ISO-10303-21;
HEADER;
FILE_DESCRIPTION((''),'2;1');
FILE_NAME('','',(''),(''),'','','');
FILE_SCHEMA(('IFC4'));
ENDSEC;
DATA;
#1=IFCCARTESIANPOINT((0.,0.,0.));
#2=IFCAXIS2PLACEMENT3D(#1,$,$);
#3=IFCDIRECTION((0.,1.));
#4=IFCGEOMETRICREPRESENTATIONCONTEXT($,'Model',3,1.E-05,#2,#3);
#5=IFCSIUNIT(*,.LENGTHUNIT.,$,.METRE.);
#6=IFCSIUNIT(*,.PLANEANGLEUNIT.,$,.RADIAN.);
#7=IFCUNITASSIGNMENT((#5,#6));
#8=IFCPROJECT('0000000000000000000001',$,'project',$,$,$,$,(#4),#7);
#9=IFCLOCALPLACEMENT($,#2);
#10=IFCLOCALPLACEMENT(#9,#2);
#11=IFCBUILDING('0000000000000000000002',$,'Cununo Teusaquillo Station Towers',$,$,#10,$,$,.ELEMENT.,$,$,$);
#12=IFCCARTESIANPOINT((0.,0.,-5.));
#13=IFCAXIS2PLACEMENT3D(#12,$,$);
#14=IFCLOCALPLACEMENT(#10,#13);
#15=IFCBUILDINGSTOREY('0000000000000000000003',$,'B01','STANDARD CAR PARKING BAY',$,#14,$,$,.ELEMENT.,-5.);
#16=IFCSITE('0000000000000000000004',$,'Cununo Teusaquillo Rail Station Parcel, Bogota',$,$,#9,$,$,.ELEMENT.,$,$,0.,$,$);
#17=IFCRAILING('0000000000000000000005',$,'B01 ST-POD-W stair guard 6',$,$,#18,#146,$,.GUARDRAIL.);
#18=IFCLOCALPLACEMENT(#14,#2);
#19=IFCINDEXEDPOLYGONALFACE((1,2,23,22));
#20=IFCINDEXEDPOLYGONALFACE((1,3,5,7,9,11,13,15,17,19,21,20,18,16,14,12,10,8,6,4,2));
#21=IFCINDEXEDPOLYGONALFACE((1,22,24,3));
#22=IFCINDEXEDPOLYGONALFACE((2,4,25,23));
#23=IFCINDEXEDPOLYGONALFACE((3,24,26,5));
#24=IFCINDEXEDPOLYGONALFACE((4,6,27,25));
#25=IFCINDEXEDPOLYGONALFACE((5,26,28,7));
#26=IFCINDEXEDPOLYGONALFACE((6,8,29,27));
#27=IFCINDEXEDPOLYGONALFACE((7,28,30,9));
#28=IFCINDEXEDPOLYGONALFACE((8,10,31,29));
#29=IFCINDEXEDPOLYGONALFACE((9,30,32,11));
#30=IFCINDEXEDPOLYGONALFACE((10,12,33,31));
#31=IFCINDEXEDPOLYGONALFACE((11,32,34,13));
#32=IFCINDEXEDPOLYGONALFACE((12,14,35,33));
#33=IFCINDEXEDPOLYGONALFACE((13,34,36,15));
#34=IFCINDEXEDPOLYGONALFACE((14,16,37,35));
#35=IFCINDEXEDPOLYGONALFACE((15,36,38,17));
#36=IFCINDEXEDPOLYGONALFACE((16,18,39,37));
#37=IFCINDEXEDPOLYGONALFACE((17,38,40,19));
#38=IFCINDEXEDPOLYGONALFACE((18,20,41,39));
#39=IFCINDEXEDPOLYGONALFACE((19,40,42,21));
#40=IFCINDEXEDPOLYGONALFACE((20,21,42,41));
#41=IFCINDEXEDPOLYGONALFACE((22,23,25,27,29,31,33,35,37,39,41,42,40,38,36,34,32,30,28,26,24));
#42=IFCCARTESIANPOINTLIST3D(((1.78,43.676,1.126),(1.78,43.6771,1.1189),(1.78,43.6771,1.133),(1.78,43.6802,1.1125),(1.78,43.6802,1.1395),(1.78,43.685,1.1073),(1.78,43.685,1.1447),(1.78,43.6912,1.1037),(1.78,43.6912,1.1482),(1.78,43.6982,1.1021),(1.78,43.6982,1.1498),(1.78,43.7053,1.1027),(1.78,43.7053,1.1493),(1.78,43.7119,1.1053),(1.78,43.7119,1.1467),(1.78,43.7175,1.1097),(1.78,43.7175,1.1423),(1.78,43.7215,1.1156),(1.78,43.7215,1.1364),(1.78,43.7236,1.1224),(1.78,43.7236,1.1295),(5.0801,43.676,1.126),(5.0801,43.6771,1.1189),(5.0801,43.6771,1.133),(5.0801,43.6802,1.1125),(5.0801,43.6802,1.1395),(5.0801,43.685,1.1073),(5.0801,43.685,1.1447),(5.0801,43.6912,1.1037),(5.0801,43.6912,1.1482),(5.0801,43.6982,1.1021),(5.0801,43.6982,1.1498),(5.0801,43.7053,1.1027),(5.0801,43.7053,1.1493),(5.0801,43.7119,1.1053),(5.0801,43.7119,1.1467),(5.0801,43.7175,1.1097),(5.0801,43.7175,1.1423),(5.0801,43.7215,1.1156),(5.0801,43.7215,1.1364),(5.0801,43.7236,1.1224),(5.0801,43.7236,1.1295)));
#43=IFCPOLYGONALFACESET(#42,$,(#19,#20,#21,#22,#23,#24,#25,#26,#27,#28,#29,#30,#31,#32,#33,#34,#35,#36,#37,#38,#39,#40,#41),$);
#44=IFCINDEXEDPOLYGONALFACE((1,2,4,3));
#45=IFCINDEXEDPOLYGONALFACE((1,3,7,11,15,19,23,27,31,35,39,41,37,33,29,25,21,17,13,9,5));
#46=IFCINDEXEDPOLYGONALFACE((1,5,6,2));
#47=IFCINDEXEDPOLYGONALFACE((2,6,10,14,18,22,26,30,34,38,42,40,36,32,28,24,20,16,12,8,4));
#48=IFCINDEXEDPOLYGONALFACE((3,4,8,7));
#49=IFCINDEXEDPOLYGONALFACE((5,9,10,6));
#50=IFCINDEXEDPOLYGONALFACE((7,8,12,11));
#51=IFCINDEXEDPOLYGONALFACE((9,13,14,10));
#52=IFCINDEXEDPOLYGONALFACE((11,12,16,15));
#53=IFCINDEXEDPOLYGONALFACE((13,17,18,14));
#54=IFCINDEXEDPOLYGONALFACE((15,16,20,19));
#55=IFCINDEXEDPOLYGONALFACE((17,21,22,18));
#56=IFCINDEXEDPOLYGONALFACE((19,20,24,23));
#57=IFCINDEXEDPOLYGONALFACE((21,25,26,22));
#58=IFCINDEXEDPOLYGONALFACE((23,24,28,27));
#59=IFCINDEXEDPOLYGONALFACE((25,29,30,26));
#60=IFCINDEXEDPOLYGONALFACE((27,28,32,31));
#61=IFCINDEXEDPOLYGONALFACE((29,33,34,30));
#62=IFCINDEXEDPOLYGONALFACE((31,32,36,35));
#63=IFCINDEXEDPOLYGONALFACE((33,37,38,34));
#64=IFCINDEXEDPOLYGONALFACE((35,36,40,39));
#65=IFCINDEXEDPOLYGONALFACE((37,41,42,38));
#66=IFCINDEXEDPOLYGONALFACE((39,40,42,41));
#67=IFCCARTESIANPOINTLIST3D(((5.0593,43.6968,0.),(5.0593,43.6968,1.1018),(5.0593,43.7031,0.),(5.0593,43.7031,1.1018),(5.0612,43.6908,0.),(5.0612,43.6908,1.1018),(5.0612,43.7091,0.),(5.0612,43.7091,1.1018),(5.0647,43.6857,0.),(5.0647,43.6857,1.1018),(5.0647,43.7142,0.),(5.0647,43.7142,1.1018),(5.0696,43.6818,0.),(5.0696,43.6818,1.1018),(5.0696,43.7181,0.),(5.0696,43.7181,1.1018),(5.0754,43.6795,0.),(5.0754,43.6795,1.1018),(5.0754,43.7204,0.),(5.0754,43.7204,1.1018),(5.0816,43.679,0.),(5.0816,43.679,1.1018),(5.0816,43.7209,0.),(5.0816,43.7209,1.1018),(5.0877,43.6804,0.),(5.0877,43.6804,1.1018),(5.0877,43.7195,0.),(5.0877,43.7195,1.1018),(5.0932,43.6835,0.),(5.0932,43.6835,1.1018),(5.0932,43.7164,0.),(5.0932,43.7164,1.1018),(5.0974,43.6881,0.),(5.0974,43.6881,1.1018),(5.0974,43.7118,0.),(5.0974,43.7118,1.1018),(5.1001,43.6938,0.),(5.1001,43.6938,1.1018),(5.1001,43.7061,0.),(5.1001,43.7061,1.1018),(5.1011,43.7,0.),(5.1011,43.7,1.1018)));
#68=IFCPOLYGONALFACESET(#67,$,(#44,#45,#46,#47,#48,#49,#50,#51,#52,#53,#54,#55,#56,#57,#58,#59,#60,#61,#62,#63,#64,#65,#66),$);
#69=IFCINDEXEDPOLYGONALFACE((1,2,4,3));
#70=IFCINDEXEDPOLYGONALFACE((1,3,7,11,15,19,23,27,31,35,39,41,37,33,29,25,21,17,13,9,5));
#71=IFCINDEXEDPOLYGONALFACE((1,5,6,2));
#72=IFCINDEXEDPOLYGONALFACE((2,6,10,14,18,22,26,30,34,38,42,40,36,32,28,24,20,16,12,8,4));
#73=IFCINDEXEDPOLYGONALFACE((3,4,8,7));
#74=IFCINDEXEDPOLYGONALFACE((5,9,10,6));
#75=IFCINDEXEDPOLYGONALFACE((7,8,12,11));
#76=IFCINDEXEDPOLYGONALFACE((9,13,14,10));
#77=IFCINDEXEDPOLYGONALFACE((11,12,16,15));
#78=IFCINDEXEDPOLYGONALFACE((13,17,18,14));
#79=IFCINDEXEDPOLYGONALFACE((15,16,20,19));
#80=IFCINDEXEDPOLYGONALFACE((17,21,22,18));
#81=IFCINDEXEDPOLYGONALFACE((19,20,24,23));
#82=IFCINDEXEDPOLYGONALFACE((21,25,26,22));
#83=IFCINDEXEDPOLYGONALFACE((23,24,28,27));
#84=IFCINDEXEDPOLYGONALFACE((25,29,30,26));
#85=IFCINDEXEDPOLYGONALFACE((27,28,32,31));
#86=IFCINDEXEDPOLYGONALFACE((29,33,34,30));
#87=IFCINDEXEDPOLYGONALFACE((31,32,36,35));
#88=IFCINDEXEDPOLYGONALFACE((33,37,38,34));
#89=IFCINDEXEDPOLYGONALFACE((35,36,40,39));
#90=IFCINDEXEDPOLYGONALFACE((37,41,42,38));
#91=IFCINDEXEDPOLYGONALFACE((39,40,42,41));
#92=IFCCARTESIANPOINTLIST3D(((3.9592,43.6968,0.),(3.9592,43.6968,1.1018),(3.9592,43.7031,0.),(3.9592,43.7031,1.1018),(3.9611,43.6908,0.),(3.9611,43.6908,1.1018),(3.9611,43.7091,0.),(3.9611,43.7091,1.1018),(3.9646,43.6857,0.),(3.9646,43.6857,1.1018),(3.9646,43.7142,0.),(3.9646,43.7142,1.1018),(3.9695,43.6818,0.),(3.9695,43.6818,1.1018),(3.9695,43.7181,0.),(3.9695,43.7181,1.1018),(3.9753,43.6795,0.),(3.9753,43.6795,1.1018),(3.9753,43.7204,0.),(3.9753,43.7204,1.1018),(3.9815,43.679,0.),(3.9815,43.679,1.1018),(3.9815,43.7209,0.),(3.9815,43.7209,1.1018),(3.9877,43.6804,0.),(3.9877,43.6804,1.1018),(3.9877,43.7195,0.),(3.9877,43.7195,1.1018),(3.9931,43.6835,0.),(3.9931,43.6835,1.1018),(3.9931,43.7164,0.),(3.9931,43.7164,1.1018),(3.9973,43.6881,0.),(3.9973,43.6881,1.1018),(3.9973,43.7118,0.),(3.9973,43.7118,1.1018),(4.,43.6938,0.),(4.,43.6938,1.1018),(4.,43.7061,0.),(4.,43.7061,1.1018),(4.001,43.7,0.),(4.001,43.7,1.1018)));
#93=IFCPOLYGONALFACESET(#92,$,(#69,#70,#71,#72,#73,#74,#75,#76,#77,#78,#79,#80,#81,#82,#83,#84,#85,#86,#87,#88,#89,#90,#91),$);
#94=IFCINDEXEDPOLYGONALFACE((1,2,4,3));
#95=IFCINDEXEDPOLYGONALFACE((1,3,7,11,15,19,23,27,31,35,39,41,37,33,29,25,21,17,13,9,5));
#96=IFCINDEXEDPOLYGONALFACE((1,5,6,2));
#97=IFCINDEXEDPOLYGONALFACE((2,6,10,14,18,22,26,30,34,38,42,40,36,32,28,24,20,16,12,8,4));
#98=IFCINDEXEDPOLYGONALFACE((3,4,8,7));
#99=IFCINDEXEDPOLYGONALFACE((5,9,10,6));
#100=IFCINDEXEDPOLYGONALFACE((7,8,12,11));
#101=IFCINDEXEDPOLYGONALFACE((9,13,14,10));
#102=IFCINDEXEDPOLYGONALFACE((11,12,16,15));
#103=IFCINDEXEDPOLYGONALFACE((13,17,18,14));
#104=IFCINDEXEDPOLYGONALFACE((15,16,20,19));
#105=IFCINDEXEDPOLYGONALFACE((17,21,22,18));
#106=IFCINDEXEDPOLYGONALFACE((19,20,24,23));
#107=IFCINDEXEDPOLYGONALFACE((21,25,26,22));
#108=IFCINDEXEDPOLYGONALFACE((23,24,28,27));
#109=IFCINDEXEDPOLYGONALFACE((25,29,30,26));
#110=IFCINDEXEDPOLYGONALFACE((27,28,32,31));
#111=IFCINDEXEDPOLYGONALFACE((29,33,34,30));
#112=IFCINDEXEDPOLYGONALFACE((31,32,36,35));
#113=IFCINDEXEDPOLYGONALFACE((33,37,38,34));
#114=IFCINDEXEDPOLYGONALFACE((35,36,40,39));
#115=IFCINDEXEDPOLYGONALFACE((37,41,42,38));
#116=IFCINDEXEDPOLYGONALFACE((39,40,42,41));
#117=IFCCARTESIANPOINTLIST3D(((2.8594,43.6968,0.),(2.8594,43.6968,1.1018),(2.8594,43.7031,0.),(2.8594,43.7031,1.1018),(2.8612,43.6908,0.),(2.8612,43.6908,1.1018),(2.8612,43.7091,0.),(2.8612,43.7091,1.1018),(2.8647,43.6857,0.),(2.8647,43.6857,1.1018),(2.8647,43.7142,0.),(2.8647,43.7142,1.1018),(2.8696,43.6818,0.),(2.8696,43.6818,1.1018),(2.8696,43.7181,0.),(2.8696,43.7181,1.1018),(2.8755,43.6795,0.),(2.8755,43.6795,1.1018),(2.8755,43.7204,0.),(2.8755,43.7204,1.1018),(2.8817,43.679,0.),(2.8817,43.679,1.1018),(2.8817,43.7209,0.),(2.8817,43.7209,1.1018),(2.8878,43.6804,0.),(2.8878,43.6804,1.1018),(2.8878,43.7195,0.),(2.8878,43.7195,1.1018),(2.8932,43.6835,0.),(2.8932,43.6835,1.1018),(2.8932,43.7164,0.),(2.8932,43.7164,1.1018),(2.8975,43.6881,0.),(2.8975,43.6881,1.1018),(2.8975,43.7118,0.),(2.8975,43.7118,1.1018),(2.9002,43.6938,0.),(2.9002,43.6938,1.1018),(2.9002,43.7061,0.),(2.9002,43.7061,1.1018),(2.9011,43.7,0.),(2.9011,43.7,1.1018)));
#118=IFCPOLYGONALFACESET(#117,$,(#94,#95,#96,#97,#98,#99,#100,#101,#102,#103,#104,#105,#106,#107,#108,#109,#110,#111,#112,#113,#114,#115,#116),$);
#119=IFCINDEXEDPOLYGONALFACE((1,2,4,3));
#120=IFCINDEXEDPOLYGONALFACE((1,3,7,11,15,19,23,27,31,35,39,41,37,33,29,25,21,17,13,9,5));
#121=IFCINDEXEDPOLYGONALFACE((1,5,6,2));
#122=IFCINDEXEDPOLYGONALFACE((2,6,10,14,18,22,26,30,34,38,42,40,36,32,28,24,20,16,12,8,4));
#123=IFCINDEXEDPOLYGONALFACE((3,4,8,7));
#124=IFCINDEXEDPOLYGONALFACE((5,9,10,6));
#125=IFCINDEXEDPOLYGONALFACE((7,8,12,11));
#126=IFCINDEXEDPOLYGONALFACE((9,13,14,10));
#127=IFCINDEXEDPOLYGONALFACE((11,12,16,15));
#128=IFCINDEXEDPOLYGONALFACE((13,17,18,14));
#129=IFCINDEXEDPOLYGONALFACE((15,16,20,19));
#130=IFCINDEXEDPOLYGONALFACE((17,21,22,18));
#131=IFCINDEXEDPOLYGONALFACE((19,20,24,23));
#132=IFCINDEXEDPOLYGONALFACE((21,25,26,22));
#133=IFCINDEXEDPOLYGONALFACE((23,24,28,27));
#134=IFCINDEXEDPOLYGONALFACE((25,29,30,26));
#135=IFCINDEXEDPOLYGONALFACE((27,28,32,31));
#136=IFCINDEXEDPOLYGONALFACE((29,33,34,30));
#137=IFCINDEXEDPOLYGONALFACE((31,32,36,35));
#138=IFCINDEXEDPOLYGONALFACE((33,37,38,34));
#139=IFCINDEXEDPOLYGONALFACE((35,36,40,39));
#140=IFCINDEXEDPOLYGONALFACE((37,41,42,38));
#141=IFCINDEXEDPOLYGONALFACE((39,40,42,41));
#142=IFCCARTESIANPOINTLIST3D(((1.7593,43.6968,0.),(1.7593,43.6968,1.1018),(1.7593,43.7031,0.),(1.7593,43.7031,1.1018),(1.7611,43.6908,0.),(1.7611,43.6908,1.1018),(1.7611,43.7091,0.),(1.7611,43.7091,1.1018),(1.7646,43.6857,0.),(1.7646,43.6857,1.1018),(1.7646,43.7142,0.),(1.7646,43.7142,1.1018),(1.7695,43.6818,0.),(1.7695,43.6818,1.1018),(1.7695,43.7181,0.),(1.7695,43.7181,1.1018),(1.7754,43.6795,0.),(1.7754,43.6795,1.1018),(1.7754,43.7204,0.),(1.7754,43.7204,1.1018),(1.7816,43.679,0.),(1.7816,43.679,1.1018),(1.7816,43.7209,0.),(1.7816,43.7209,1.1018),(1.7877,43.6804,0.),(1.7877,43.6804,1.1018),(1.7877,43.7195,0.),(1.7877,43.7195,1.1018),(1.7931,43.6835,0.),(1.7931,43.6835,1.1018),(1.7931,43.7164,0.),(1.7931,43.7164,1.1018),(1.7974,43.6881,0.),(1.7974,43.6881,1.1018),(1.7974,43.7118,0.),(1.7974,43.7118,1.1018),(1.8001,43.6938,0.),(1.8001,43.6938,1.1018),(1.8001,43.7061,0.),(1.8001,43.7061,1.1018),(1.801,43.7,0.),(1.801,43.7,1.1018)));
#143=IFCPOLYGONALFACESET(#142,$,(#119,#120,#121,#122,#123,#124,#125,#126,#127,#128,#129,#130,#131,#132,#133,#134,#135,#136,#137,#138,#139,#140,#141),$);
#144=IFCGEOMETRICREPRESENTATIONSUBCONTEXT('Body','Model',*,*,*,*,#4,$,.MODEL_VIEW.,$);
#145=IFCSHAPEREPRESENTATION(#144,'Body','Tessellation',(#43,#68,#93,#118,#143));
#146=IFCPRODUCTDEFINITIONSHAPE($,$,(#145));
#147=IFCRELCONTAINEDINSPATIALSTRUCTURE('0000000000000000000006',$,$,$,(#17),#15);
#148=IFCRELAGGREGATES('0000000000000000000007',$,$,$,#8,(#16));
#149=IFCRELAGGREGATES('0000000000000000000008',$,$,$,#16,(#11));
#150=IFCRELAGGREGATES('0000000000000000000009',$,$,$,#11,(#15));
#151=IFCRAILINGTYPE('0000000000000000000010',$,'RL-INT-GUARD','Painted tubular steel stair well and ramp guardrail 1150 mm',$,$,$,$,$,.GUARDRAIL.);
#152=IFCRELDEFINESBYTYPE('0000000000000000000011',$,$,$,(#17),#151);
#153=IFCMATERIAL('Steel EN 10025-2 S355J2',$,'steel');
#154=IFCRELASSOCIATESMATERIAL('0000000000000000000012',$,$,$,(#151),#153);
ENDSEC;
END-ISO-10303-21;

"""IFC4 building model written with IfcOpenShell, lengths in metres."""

from ifc_helpers import new_model, si_unit, direction, frame, origin, origin_2d, place, context, subcontext, project, spatial, circle, extrude, material, type_object, element, save


model = new_model("IFC4")

# Units and contexts
model_context = context("Model", 3, precision=1e-05, world=origin(), true_north=direction((0.0, 1.0)))
body_context = subcontext(model_context, "Body", "Model", "MODEL_VIEW")
ifc_project = project(units=[si_unit("LENGTHUNIT", "METRE"), si_unit("PLANEANGLEUNIT", "RADIAN")], contexts=[model_context])

# Site, building, storey
site_placement = place(None, origin())
site = spatial("IfcSite", under=ifc_project, at=site_placement, Name="Cununo Teusaquillo Rail Station Parcel, Bogota", CompositionType="ELEMENT", RefElevation=0.0)
building_placement = place(site_placement, origin())
building = spatial("IfcBuilding", under=site, at=building_placement, Name="Cununo Teusaquillo Station Towers", CompositionType="ELEMENT")
storey_placement = place(building_placement, frame((0.0, 0.0, -5.0)))
storey = spatial("IfcBuildingStorey", under=building, at=storey_placement, Name="B01", Description="STANDARD CAR PARKING BAY", CompositionType="ELEMENT", Elevation=-5.0)

# Railing
ifc_material_1 = material(Name="Steel EN 10025-2 S355J2", Category="steel")
railing_type_1 = type_object("IfcRailingType", Name="RL-INT-GUARD", Description="Painted tubular steel stair well and ramp guardrail 1150 mm", PredefinedType="GUARDRAIL", material=ifc_material_1)
railing_1_placement = place(storey_placement, frame((5.0801, 43.7, 0.0)))
element("IfcRailing", 1, at=railing_1_placement, inside=storey, type_object=railing_type_1, Name="B01 ST-POD-W stair guard 6", PredefinedType="GUARDRAIL", context=body_context, shape_type="SweptSolid", body=[
    extrude(circle(Radius=0.0239, at=origin_2d()), frame((0.0, 0.0, 1.126), z_axis=(-1.0, 0.0, 0.0), x_axis=(0.0, -1.0, 0.0)), (0.0, 0.0, 1.0), 3.3),
    extrude(circle(Radius=0.021, at=origin_2d()), origin(), (0.0, 0.0, 1.0), 1.1018),
    extrude(circle(Radius=0.021, at=origin_2d()), frame((-1.1001, 0.0, 0.0)), (0.0, 0.0, 1.0), 1.1018),
    extrude(circle(Radius=0.021, at=origin_2d()), frame((-2.2, 0.0, 0.0)), (0.0, 0.0, 1.0), 1.1018),
    extrude(circle(Radius=0.021, at=origin_2d()), frame((-3.3, 0.0, 0.0)), (0.0, 0.0, 1.0), 1.1018),
])

save(model, "model.ifc")
